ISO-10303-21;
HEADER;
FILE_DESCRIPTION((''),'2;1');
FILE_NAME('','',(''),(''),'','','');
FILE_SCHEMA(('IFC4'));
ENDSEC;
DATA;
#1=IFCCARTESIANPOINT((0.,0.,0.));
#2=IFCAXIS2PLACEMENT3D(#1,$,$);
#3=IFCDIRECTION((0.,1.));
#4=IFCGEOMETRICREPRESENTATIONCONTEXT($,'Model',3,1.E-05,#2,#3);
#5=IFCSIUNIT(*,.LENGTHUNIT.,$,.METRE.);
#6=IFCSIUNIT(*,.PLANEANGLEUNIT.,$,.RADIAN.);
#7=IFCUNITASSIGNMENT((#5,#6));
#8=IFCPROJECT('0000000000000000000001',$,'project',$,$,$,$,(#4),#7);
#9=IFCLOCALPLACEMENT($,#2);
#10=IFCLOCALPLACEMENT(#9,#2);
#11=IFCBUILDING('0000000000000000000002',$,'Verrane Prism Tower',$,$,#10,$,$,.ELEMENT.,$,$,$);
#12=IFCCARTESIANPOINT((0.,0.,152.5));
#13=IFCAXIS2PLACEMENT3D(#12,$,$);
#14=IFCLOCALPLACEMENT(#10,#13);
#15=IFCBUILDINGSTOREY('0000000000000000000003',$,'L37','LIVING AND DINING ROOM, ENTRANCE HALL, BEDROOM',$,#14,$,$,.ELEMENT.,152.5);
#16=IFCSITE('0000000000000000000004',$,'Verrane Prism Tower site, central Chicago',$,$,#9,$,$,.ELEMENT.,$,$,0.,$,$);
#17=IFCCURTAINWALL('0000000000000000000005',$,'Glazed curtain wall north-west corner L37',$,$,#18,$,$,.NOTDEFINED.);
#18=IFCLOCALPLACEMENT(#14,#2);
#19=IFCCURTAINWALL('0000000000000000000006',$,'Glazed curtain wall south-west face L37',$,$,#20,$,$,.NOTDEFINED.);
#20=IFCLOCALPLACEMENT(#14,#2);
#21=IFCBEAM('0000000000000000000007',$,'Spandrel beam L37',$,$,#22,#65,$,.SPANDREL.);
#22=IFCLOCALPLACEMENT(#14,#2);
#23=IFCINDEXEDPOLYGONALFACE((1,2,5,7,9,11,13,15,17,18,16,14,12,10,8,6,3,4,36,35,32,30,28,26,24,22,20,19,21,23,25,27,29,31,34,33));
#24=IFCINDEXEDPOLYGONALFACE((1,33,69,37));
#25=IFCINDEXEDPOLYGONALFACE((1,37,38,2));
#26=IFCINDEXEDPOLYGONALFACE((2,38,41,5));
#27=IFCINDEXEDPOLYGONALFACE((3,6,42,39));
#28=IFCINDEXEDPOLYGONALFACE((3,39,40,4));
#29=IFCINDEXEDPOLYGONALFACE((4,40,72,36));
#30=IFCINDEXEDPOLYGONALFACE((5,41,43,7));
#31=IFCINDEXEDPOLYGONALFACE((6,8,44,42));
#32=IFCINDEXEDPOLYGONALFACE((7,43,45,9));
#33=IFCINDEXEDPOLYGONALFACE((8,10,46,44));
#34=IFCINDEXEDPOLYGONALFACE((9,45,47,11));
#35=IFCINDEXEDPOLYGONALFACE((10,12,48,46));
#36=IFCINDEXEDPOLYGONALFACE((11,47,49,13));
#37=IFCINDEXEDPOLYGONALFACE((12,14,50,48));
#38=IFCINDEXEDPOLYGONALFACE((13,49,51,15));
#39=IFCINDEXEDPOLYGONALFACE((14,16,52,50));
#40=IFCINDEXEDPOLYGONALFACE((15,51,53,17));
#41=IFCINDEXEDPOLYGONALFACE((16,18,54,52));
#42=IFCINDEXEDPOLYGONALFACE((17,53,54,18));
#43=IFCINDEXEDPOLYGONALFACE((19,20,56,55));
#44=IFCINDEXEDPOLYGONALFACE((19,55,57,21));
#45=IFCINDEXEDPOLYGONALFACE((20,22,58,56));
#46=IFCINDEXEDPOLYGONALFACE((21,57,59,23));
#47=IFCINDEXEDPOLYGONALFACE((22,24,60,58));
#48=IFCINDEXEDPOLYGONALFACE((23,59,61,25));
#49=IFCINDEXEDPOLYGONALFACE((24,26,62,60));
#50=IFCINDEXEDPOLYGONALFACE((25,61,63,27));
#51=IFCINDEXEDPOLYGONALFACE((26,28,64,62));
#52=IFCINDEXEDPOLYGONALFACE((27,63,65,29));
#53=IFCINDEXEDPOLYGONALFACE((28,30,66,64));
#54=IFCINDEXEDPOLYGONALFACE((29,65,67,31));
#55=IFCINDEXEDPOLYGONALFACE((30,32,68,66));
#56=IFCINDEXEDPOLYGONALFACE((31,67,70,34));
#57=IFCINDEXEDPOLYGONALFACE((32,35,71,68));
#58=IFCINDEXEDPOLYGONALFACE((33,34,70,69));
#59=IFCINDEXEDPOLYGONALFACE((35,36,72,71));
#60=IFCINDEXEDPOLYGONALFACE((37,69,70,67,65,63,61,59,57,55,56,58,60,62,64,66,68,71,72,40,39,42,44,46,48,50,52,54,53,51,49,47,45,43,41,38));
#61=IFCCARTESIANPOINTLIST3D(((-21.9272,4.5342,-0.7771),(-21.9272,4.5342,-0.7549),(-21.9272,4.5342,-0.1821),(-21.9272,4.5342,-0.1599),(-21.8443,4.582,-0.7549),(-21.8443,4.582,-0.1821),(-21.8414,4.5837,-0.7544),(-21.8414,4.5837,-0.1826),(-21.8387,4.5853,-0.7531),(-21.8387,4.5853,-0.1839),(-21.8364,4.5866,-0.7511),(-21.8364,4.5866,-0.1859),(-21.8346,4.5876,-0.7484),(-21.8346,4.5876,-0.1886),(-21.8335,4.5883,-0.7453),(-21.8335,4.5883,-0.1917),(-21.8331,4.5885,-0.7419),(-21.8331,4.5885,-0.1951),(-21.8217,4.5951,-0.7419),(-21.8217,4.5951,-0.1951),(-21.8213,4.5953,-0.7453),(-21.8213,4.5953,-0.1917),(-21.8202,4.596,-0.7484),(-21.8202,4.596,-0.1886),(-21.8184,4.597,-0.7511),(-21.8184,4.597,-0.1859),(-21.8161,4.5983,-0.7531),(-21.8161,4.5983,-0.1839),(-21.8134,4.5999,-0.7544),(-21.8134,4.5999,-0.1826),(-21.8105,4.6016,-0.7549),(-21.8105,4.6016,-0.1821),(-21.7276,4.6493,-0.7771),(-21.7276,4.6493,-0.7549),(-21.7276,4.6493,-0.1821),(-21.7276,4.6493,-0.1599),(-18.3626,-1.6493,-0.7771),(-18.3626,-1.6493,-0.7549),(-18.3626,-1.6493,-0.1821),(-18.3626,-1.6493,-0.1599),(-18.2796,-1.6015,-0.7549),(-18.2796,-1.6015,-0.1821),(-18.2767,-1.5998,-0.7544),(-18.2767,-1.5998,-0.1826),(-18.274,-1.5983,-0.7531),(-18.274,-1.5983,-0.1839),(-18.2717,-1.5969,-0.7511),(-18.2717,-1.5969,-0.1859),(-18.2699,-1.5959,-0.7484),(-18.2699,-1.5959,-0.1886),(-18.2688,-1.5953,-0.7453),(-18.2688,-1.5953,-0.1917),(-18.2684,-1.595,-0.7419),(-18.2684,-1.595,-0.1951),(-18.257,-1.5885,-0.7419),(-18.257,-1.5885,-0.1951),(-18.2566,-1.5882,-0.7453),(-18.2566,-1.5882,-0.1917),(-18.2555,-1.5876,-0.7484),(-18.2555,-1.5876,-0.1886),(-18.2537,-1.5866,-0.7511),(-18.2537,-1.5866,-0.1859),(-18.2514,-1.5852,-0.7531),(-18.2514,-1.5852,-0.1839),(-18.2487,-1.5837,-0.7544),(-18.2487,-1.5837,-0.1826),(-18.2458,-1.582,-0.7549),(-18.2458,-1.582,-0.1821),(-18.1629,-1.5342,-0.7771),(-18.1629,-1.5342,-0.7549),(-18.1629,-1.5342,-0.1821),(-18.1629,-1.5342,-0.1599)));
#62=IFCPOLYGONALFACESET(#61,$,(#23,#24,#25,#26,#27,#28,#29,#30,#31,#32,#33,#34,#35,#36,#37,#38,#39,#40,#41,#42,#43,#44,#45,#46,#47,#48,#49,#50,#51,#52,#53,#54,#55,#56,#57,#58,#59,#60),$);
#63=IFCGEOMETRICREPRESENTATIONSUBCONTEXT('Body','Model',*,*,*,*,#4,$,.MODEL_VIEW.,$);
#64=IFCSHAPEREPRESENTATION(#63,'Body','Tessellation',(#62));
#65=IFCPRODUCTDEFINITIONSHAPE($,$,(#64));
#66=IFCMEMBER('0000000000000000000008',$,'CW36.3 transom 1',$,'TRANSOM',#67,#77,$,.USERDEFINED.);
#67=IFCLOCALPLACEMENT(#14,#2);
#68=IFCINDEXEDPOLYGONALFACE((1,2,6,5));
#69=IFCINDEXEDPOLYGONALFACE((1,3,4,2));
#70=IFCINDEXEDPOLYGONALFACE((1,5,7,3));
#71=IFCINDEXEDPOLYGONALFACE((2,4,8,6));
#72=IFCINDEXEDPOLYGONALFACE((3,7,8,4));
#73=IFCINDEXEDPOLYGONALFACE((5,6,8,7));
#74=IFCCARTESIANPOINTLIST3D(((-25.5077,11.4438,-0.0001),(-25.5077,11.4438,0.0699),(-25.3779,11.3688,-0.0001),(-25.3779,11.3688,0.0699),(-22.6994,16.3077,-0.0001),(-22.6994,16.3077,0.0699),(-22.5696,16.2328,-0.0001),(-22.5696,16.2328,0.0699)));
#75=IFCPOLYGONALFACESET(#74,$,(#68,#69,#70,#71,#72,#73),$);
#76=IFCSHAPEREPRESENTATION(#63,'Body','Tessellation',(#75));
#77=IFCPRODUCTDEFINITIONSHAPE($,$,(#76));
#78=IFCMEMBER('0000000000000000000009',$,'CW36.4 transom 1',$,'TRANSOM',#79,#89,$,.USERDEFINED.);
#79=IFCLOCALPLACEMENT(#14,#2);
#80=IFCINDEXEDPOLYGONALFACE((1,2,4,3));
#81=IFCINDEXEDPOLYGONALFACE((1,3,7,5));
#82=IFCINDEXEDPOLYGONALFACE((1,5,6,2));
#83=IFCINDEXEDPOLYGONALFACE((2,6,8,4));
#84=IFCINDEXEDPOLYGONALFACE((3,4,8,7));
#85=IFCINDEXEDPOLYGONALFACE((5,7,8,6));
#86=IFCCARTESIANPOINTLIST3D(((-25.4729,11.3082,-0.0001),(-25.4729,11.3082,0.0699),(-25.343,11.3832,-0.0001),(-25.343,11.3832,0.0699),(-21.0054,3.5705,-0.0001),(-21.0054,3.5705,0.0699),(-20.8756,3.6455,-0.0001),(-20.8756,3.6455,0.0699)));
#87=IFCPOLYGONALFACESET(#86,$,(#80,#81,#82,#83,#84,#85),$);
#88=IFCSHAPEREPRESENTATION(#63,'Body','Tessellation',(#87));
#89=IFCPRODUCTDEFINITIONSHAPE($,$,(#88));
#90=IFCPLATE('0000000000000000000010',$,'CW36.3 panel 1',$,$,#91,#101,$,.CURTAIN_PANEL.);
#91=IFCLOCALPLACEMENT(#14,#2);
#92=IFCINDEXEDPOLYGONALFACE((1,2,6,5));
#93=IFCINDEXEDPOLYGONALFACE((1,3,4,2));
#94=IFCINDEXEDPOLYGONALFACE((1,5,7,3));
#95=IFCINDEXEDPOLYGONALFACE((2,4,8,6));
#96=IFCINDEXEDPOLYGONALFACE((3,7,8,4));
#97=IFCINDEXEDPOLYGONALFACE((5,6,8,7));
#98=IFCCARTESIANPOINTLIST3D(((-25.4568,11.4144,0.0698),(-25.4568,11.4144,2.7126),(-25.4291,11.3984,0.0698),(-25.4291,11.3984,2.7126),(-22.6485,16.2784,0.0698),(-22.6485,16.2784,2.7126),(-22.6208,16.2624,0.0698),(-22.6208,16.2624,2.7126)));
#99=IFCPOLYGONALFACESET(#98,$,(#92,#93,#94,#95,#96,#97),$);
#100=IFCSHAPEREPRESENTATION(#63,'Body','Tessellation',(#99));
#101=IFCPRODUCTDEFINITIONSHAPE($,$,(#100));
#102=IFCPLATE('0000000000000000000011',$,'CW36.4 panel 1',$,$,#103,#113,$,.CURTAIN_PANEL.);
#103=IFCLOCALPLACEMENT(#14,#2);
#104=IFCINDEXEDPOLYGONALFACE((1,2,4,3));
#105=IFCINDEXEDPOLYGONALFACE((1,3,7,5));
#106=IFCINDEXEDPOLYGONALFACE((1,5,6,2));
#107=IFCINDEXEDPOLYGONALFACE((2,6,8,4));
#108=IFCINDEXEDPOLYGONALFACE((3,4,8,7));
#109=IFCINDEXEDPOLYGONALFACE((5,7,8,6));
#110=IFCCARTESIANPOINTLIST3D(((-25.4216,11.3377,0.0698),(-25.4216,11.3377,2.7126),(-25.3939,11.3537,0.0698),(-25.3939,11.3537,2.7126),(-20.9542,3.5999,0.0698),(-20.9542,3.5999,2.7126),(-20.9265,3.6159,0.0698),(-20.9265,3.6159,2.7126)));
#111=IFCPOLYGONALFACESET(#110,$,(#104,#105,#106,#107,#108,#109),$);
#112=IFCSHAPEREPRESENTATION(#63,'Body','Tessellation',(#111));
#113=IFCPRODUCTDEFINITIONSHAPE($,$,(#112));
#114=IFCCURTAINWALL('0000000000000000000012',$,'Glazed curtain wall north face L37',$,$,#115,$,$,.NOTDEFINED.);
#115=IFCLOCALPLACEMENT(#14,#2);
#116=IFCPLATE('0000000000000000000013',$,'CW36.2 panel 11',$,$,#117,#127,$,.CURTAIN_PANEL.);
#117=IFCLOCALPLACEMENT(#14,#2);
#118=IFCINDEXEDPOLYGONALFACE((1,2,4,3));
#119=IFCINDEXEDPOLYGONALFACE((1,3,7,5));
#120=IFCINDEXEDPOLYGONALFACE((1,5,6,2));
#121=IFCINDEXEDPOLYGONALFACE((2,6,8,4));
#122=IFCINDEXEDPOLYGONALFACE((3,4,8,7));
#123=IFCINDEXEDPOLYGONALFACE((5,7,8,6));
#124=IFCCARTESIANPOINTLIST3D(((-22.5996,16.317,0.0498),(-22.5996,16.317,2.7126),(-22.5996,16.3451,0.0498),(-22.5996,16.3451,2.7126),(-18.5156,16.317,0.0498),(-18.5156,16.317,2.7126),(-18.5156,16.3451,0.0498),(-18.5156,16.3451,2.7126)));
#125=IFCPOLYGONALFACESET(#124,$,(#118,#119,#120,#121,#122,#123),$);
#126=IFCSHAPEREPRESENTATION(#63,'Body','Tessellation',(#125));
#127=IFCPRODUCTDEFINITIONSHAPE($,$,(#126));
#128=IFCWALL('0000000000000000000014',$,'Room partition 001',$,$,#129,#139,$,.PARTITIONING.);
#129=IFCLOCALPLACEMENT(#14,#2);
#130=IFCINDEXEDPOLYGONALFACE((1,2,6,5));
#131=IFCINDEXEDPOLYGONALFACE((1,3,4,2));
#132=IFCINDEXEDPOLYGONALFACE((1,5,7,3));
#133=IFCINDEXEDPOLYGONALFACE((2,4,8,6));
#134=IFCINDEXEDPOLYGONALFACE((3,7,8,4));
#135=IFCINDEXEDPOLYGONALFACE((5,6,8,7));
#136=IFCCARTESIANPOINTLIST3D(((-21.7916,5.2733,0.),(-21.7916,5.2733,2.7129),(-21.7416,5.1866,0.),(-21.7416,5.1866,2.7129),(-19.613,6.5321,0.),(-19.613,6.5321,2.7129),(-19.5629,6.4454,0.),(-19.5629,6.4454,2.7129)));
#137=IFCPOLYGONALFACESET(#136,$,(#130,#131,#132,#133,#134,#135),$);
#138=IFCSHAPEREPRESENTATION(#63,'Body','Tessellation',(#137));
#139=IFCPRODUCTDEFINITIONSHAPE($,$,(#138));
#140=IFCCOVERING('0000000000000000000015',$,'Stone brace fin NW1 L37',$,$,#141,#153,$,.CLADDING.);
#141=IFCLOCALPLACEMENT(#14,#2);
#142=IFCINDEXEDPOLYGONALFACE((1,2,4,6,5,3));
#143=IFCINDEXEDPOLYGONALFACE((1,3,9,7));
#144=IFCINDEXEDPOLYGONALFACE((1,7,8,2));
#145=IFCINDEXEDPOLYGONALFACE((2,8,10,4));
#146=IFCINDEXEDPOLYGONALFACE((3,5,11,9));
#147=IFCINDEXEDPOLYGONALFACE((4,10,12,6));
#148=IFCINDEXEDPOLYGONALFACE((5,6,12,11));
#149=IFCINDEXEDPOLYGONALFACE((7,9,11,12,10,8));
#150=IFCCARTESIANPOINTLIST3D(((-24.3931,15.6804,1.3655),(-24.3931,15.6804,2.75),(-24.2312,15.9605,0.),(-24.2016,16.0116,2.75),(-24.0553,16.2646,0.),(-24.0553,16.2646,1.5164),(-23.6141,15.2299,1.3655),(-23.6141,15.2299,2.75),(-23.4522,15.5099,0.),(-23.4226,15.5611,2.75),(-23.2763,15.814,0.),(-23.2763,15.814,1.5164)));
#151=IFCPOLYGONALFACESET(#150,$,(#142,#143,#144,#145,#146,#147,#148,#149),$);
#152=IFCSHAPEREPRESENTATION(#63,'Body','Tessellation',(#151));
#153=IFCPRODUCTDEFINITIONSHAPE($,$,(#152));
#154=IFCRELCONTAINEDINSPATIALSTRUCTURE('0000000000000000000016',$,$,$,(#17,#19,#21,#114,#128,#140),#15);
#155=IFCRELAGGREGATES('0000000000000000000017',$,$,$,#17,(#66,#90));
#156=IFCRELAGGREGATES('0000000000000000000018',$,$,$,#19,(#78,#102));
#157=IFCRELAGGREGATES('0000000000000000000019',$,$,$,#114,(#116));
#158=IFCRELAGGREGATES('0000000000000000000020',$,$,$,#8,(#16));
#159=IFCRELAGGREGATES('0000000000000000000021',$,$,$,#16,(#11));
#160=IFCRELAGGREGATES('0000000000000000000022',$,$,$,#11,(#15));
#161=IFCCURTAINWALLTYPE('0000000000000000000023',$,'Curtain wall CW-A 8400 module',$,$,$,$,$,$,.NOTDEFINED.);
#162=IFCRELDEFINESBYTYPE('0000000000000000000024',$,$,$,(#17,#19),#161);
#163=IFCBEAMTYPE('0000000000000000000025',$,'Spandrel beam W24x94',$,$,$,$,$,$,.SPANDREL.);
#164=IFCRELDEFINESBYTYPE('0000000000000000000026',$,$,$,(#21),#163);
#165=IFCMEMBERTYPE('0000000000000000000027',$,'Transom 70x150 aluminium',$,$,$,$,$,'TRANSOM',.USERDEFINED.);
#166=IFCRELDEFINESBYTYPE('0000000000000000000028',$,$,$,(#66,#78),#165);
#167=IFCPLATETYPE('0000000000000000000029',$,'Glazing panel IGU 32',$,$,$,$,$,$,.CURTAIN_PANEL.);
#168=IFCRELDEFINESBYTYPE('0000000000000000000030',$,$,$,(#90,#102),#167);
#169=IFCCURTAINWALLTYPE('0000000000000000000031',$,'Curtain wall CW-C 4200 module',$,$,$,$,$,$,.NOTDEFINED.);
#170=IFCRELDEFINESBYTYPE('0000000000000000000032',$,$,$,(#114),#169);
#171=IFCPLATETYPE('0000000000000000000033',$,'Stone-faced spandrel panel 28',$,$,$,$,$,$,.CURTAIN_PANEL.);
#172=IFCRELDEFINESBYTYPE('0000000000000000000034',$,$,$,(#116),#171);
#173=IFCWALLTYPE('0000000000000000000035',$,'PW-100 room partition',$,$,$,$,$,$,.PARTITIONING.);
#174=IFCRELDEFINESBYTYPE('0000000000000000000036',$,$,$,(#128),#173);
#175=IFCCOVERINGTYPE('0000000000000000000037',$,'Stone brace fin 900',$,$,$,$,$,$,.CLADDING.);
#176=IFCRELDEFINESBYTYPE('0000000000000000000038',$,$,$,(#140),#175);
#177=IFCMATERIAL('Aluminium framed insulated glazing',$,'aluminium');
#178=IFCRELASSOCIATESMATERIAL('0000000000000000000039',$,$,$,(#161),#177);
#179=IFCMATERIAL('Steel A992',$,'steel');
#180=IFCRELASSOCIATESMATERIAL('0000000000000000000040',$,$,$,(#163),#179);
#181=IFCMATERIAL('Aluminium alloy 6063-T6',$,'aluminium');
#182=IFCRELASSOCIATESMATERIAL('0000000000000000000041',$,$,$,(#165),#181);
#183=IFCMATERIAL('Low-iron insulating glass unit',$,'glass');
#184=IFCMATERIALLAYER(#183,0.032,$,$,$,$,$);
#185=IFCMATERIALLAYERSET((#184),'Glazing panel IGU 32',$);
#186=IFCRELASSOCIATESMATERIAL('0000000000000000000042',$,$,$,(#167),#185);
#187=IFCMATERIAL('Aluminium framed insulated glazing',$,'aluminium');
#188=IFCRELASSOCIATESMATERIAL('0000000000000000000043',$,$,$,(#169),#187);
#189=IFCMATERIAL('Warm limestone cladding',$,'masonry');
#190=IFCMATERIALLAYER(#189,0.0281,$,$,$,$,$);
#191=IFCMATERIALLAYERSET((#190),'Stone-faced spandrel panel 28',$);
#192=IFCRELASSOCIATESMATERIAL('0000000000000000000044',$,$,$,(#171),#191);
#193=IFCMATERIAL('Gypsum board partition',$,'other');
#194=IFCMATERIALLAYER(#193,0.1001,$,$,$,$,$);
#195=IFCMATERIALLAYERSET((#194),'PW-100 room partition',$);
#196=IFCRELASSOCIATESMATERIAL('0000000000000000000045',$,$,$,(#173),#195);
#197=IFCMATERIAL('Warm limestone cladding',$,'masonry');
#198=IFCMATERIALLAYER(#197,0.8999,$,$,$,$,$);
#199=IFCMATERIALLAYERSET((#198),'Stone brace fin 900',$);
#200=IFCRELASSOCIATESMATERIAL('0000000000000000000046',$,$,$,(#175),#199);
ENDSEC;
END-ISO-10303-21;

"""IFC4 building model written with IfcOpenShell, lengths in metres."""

from ifc_helpers import new_model, si_unit, direction, frame, frame_2d, origin, origin_2d, place, context, subcontext, project, spatial, polyline, rectangle, i_section, outline, extrude, material, layer, layer_set, material_profile, profile_set, type_object, element, aggregate, save


model = new_model("IFC4")

# Units and contexts
model_context = context("Model", 3, precision=1e-05, world=origin(), true_north=direction((0.0, 1.0)))
body_context = subcontext(model_context, "Body", "Model", "MODEL_VIEW")
ifc_project = project(units=[si_unit("LENGTHUNIT", "METRE"), si_unit("PLANEANGLEUNIT", "RADIAN")], contexts=[model_context])

# Site, building, storey
site_placement = place(None, origin())
site = spatial("IfcSite", under=ifc_project, at=site_placement, Name="Verrane Prism Tower site, central Chicago", CompositionType="ELEMENT", RefElevation=0.0)
building_placement = place(site_placement, origin())
building = spatial("IfcBuilding", under=site, at=building_placement, Name="Verrane Prism Tower", CompositionType="ELEMENT")
storey_placement = place(building_placement, frame((0.0, 0.0, 152.5)))
storey = spatial("IfcBuildingStorey", under=building, at=storey_placement, Name="L37", Description="LIVING AND DINING ROOM, ENTRANCE HALL, BEDROOM", CompositionType="ELEMENT", Elevation=152.5)

# Curtain walls
ifc_material_1 = material(Name="Aluminium framed insulated glazing", Category="aluminium")
curtain_wall_type_1 = type_object("IfcCurtainWallType", Name="Curtain wall CW-A 8400 module", PredefinedType="NOTDEFINED", material=ifc_material_1)
curtain_wall_1_placement = place(storey_placement, origin())
curtain_wall_1 = element("IfcCurtainWall", 1, at=curtain_wall_1_placement, inside=storey, type_object=curtain_wall_type_1, Name="Glazed curtain wall north-west corner L37", PredefinedType="NOTDEFINED")
curtain_wall_2_placement = place(storey_placement, origin())
curtain_wall_2 = element("IfcCurtainWall", 2, at=curtain_wall_2_placement, inside=storey, type_object=curtain_wall_type_1, Name="Glazed curtain wall south-west face L37", PredefinedType="NOTDEFINED")

# Beam
ifc_material_2 = material(Name="Steel A992", Category="steel")
ifc_material_profile_1 = material_profile(ifc_material_2, i_section(OverallWidth=0.2305, OverallDepth=0.6172, WebThickness=0.0132, FlangeThickness=0.0222, FilletRadius=0.0129, at=origin_2d()), Name="W24x94")
ifc_profile_set_1 = profile_set([ifc_material_profile_1], Name="Steel A992")
beam_type_1 = type_object("IfcBeamType", Name="Spandrel beam W24x94", PredefinedType="SPANDREL", material=ifc_profile_set_1)
beam_1_placement = place(storey_placement, frame((-21.8274, 4.5918, -0.4685), z_axis=(0.499432, -0.866353, 0.0), x_axis=(0.866353, 0.499432, 0.0)))
element("IfcBeam", 3, at=beam_1_placement, inside=storey, type_object=beam_type_1, Name="Spandrel beam L37", PredefinedType="SPANDREL", context=body_context, shape_type="SweptSolid", body=[
    extrude(i_section(OverallWidth=0.2305, OverallDepth=0.6172, WebThickness=0.0132, FlangeThickness=0.0222, FilletRadius=0.0129, at=origin_2d()), origin(), (0.0, 0.0, 1.0), 7.1375),
])

# Members
ifc_material_3 = material(Name="Aluminium alloy 6063-T6", Category="aluminium")
ifc_material_profile_2 = material_profile(ifc_material_3, rectangle(XDim=0.1499, YDim=0.0701, at=origin_2d()), Name="Transom 70x150 aluminium")
ifc_profile_set_2 = profile_set([ifc_material_profile_2], Name="Aluminium alloy 6063-T6")
member_type_1 = type_object("IfcMemberType", Name="Transom 70x150 aluminium", ElementType="TRANSOM", PredefinedType="USERDEFINED", material=ifc_profile_set_2)
member_1_placement = place(storey_placement, frame((-22.6345, 16.2703, 0.0349), z_axis=(-0.500015, -0.866017, 0.0), x_axis=(0.866017, -0.500015, 0.0)))
member_1 = element("IfcMember", 4, at=member_1_placement, type_object=member_type_1, Name="CW36.3 transom 1", ObjectType="TRANSOM", PredefinedType="USERDEFINED", context=body_context, shape_type="SweptSolid", body=[
    extrude(rectangle(XDim=0.1499, YDim=0.0701, at=origin_2d()), origin(), (0.0, 0.0, 1.0), 5.6165),
])
member_2_placement = place(storey_placement, frame((-25.408, 11.3457, 0.0349), z_axis=(0.500009, -0.86602, 0.0), x_axis=(0.86602, 0.500009, 0.0)))
member_2 = element("IfcMember", 5, at=member_2_placement, type_object=member_type_1, Name="CW36.4 transom 1", ObjectType="TRANSOM", PredefinedType="USERDEFINED", context=body_context, shape_type="SweptSolid", body=[
    extrude(rectangle(XDim=0.1499, YDim=0.0701, at=origin_2d()), origin(), (0.0, 0.0, 1.0), 8.9348),
])

# Plates
ifc_material_4 = material(Name="Low-iron insulating glass unit", Category="glass")
ifc_layer_1 = layer(ifc_material_4, 0.032)
ifc_layer_set_1 = layer_set([ifc_layer_1], Name="Glazing panel IGU 32")
plate_type_1 = type_object("IfcPlateType", Name="Glazing panel IGU 32", PredefinedType="CURTAIN_PANEL", material=ifc_layer_set_1)
plate_1_placement = place(storey_placement, frame((-24.0388, 13.8384, 0.0698), z_axis=(0.0, 0.0, 1.0), x_axis=(-0.500003, -0.866024, 0.0)))
plate_1 = element("IfcPlate", 6, at=plate_1_placement, type_object=plate_type_1, Name="CW36.3 panel 1", PredefinedType="CURTAIN_PANEL", context=body_context, shape_type="SweptSolid", body=[
    extrude(rectangle(XDim=5.6165, YDim=0.032, at=origin_2d()), origin(), (0.0, 0.0, 1.0), 2.6428),
])
aggregate(curtain_wall_1, [member_1, plate_1])
plate_2_placement = place(storey_placement, frame((-23.1741, 7.4768, 0.0698), z_axis=(0.0, 0.0, 1.0), x_axis=(0.500001, -0.866025, 0.0)))
plate_2 = element("IfcPlate", 7, at=plate_2_placement, type_object=plate_type_1, Name="CW36.4 panel 1", PredefinedType="CURTAIN_PANEL", context=body_context, shape_type="SweptSolid", body=[
    extrude(rectangle(XDim=8.9348, YDim=0.032, at=origin_2d()), origin(), (0.0, 0.0, 1.0), 2.6428),
])
aggregate(curtain_wall_2, [member_2, plate_2])

# Curtain wall, plate
ifc_material_5 = material(Name="Aluminium framed insulated glazing", Category="aluminium")
curtain_wall_type_2 = type_object("IfcCurtainWallType", Name="Curtain wall CW-C 4200 module", PredefinedType="NOTDEFINED", material=ifc_material_5)
curtain_wall_3_placement = place(storey_placement, origin())
curtain_wall_3 = element("IfcCurtainWall", 8, at=curtain_wall_3_placement, inside=storey, type_object=curtain_wall_type_2, Name="Glazed curtain wall north face L37", PredefinedType="NOTDEFINED")
ifc_material_6 = material(Name="Warm limestone cladding", Category="masonry")
ifc_layer_2 = layer(ifc_material_6, 0.0281)
ifc_layer_set_2 = layer_set([ifc_layer_2], Name="Stone-faced spandrel panel 28")
plate_type_2 = type_object("IfcPlateType", Name="Stone-faced spandrel panel 28", PredefinedType="CURTAIN_PANEL", material=ifc_layer_set_2)
plate_3_placement = place(storey_placement, frame((-20.5576, 16.3311, 0.0498), z_axis=(0.0, 0.0, 1.0), x_axis=(-1.0, 0.0, 0.0)))
plate_3 = element("IfcPlate", 9, at=plate_3_placement, type_object=plate_type_2, Name="CW36.2 panel 11", PredefinedType="CURTAIN_PANEL", context=body_context, shape_type="SweptSolid", body=[
    extrude(rectangle(XDim=4.084, YDim=0.0281, at=origin_2d()), origin(), (0.0, 0.0, 1.0), 2.6628),
])
aggregate(curtain_wall_3, [plate_3])

# Wall
ifc_material_7 = material(Name="Gypsum board partition", Category="other")
ifc_layer_3 = layer(ifc_material_7, 0.1001)
ifc_layer_set_3 = layer_set([ifc_layer_3], Name="PW-100 room partition")
wall_type = type_object("IfcWallType", Name="PW-100 room partition", PredefinedType="PARTITIONING", material=ifc_layer_set_3)
wall_placement = place(storey_placement, frame((-21.7666, 5.23, 0.0), z_axis=(0.0, 0.0, 1.0), x_axis=(0.865869, 0.500271, 0.0)))
element("IfcWall", 10, at=wall_placement, inside=storey, type_object=wall_type, Name="Room partition 001", PredefinedType="PARTITIONING", context=body_context, shape_type="SweptSolid", body=[
    extrude(rectangle(XDim=2.5161, YDim=0.1001, at=frame_2d((1.2581, 0.0))), origin(), (0.0, 0.0, 1.0), 2.7129),
])

# Covering
ifc_material_8 = material(Name="Warm limestone cladding", Category="masonry")
ifc_layer_4 = layer(ifc_material_8, 0.8999)
ifc_layer_set_4 = layer_set([ifc_layer_4], Name="Stone brace fin 900")
covering_type = type_object("IfcCoveringType", Name="Stone brace fin 900", PredefinedType="CLADDING", material=ifc_layer_set_4)
covering_placement = place(storey_placement, frame((-23.6658, 16.0393, 0.0), z_axis=(0.0, 0.0, 1.0), x_axis=(-0.500651, -0.865649, 0.0)))
element("IfcCovering", 11, at=covering_placement, inside=storey, type_object=covering_type, Name="Stone brace fin NW1 L37", PredefinedType="CLADDING", context=body_context, shape_type="SweptSolid", body=[
    extrude(outline(polyline([(0.6748, 2.75), (0.2922, 2.75), (0.0, 1.5164), (0.0, 0.0), (0.3513, 0.0), (0.6748, 1.3655), (0.6748, 2.75)])), frame((0.0, 0.45, 0.0), z_axis=(0.0, -1.0, 0.0), x_axis=(1.0, 0.0, 0.0)), (0.0, 0.0, 1.0), 0.8999),
])

save(model, "model.ifc")
